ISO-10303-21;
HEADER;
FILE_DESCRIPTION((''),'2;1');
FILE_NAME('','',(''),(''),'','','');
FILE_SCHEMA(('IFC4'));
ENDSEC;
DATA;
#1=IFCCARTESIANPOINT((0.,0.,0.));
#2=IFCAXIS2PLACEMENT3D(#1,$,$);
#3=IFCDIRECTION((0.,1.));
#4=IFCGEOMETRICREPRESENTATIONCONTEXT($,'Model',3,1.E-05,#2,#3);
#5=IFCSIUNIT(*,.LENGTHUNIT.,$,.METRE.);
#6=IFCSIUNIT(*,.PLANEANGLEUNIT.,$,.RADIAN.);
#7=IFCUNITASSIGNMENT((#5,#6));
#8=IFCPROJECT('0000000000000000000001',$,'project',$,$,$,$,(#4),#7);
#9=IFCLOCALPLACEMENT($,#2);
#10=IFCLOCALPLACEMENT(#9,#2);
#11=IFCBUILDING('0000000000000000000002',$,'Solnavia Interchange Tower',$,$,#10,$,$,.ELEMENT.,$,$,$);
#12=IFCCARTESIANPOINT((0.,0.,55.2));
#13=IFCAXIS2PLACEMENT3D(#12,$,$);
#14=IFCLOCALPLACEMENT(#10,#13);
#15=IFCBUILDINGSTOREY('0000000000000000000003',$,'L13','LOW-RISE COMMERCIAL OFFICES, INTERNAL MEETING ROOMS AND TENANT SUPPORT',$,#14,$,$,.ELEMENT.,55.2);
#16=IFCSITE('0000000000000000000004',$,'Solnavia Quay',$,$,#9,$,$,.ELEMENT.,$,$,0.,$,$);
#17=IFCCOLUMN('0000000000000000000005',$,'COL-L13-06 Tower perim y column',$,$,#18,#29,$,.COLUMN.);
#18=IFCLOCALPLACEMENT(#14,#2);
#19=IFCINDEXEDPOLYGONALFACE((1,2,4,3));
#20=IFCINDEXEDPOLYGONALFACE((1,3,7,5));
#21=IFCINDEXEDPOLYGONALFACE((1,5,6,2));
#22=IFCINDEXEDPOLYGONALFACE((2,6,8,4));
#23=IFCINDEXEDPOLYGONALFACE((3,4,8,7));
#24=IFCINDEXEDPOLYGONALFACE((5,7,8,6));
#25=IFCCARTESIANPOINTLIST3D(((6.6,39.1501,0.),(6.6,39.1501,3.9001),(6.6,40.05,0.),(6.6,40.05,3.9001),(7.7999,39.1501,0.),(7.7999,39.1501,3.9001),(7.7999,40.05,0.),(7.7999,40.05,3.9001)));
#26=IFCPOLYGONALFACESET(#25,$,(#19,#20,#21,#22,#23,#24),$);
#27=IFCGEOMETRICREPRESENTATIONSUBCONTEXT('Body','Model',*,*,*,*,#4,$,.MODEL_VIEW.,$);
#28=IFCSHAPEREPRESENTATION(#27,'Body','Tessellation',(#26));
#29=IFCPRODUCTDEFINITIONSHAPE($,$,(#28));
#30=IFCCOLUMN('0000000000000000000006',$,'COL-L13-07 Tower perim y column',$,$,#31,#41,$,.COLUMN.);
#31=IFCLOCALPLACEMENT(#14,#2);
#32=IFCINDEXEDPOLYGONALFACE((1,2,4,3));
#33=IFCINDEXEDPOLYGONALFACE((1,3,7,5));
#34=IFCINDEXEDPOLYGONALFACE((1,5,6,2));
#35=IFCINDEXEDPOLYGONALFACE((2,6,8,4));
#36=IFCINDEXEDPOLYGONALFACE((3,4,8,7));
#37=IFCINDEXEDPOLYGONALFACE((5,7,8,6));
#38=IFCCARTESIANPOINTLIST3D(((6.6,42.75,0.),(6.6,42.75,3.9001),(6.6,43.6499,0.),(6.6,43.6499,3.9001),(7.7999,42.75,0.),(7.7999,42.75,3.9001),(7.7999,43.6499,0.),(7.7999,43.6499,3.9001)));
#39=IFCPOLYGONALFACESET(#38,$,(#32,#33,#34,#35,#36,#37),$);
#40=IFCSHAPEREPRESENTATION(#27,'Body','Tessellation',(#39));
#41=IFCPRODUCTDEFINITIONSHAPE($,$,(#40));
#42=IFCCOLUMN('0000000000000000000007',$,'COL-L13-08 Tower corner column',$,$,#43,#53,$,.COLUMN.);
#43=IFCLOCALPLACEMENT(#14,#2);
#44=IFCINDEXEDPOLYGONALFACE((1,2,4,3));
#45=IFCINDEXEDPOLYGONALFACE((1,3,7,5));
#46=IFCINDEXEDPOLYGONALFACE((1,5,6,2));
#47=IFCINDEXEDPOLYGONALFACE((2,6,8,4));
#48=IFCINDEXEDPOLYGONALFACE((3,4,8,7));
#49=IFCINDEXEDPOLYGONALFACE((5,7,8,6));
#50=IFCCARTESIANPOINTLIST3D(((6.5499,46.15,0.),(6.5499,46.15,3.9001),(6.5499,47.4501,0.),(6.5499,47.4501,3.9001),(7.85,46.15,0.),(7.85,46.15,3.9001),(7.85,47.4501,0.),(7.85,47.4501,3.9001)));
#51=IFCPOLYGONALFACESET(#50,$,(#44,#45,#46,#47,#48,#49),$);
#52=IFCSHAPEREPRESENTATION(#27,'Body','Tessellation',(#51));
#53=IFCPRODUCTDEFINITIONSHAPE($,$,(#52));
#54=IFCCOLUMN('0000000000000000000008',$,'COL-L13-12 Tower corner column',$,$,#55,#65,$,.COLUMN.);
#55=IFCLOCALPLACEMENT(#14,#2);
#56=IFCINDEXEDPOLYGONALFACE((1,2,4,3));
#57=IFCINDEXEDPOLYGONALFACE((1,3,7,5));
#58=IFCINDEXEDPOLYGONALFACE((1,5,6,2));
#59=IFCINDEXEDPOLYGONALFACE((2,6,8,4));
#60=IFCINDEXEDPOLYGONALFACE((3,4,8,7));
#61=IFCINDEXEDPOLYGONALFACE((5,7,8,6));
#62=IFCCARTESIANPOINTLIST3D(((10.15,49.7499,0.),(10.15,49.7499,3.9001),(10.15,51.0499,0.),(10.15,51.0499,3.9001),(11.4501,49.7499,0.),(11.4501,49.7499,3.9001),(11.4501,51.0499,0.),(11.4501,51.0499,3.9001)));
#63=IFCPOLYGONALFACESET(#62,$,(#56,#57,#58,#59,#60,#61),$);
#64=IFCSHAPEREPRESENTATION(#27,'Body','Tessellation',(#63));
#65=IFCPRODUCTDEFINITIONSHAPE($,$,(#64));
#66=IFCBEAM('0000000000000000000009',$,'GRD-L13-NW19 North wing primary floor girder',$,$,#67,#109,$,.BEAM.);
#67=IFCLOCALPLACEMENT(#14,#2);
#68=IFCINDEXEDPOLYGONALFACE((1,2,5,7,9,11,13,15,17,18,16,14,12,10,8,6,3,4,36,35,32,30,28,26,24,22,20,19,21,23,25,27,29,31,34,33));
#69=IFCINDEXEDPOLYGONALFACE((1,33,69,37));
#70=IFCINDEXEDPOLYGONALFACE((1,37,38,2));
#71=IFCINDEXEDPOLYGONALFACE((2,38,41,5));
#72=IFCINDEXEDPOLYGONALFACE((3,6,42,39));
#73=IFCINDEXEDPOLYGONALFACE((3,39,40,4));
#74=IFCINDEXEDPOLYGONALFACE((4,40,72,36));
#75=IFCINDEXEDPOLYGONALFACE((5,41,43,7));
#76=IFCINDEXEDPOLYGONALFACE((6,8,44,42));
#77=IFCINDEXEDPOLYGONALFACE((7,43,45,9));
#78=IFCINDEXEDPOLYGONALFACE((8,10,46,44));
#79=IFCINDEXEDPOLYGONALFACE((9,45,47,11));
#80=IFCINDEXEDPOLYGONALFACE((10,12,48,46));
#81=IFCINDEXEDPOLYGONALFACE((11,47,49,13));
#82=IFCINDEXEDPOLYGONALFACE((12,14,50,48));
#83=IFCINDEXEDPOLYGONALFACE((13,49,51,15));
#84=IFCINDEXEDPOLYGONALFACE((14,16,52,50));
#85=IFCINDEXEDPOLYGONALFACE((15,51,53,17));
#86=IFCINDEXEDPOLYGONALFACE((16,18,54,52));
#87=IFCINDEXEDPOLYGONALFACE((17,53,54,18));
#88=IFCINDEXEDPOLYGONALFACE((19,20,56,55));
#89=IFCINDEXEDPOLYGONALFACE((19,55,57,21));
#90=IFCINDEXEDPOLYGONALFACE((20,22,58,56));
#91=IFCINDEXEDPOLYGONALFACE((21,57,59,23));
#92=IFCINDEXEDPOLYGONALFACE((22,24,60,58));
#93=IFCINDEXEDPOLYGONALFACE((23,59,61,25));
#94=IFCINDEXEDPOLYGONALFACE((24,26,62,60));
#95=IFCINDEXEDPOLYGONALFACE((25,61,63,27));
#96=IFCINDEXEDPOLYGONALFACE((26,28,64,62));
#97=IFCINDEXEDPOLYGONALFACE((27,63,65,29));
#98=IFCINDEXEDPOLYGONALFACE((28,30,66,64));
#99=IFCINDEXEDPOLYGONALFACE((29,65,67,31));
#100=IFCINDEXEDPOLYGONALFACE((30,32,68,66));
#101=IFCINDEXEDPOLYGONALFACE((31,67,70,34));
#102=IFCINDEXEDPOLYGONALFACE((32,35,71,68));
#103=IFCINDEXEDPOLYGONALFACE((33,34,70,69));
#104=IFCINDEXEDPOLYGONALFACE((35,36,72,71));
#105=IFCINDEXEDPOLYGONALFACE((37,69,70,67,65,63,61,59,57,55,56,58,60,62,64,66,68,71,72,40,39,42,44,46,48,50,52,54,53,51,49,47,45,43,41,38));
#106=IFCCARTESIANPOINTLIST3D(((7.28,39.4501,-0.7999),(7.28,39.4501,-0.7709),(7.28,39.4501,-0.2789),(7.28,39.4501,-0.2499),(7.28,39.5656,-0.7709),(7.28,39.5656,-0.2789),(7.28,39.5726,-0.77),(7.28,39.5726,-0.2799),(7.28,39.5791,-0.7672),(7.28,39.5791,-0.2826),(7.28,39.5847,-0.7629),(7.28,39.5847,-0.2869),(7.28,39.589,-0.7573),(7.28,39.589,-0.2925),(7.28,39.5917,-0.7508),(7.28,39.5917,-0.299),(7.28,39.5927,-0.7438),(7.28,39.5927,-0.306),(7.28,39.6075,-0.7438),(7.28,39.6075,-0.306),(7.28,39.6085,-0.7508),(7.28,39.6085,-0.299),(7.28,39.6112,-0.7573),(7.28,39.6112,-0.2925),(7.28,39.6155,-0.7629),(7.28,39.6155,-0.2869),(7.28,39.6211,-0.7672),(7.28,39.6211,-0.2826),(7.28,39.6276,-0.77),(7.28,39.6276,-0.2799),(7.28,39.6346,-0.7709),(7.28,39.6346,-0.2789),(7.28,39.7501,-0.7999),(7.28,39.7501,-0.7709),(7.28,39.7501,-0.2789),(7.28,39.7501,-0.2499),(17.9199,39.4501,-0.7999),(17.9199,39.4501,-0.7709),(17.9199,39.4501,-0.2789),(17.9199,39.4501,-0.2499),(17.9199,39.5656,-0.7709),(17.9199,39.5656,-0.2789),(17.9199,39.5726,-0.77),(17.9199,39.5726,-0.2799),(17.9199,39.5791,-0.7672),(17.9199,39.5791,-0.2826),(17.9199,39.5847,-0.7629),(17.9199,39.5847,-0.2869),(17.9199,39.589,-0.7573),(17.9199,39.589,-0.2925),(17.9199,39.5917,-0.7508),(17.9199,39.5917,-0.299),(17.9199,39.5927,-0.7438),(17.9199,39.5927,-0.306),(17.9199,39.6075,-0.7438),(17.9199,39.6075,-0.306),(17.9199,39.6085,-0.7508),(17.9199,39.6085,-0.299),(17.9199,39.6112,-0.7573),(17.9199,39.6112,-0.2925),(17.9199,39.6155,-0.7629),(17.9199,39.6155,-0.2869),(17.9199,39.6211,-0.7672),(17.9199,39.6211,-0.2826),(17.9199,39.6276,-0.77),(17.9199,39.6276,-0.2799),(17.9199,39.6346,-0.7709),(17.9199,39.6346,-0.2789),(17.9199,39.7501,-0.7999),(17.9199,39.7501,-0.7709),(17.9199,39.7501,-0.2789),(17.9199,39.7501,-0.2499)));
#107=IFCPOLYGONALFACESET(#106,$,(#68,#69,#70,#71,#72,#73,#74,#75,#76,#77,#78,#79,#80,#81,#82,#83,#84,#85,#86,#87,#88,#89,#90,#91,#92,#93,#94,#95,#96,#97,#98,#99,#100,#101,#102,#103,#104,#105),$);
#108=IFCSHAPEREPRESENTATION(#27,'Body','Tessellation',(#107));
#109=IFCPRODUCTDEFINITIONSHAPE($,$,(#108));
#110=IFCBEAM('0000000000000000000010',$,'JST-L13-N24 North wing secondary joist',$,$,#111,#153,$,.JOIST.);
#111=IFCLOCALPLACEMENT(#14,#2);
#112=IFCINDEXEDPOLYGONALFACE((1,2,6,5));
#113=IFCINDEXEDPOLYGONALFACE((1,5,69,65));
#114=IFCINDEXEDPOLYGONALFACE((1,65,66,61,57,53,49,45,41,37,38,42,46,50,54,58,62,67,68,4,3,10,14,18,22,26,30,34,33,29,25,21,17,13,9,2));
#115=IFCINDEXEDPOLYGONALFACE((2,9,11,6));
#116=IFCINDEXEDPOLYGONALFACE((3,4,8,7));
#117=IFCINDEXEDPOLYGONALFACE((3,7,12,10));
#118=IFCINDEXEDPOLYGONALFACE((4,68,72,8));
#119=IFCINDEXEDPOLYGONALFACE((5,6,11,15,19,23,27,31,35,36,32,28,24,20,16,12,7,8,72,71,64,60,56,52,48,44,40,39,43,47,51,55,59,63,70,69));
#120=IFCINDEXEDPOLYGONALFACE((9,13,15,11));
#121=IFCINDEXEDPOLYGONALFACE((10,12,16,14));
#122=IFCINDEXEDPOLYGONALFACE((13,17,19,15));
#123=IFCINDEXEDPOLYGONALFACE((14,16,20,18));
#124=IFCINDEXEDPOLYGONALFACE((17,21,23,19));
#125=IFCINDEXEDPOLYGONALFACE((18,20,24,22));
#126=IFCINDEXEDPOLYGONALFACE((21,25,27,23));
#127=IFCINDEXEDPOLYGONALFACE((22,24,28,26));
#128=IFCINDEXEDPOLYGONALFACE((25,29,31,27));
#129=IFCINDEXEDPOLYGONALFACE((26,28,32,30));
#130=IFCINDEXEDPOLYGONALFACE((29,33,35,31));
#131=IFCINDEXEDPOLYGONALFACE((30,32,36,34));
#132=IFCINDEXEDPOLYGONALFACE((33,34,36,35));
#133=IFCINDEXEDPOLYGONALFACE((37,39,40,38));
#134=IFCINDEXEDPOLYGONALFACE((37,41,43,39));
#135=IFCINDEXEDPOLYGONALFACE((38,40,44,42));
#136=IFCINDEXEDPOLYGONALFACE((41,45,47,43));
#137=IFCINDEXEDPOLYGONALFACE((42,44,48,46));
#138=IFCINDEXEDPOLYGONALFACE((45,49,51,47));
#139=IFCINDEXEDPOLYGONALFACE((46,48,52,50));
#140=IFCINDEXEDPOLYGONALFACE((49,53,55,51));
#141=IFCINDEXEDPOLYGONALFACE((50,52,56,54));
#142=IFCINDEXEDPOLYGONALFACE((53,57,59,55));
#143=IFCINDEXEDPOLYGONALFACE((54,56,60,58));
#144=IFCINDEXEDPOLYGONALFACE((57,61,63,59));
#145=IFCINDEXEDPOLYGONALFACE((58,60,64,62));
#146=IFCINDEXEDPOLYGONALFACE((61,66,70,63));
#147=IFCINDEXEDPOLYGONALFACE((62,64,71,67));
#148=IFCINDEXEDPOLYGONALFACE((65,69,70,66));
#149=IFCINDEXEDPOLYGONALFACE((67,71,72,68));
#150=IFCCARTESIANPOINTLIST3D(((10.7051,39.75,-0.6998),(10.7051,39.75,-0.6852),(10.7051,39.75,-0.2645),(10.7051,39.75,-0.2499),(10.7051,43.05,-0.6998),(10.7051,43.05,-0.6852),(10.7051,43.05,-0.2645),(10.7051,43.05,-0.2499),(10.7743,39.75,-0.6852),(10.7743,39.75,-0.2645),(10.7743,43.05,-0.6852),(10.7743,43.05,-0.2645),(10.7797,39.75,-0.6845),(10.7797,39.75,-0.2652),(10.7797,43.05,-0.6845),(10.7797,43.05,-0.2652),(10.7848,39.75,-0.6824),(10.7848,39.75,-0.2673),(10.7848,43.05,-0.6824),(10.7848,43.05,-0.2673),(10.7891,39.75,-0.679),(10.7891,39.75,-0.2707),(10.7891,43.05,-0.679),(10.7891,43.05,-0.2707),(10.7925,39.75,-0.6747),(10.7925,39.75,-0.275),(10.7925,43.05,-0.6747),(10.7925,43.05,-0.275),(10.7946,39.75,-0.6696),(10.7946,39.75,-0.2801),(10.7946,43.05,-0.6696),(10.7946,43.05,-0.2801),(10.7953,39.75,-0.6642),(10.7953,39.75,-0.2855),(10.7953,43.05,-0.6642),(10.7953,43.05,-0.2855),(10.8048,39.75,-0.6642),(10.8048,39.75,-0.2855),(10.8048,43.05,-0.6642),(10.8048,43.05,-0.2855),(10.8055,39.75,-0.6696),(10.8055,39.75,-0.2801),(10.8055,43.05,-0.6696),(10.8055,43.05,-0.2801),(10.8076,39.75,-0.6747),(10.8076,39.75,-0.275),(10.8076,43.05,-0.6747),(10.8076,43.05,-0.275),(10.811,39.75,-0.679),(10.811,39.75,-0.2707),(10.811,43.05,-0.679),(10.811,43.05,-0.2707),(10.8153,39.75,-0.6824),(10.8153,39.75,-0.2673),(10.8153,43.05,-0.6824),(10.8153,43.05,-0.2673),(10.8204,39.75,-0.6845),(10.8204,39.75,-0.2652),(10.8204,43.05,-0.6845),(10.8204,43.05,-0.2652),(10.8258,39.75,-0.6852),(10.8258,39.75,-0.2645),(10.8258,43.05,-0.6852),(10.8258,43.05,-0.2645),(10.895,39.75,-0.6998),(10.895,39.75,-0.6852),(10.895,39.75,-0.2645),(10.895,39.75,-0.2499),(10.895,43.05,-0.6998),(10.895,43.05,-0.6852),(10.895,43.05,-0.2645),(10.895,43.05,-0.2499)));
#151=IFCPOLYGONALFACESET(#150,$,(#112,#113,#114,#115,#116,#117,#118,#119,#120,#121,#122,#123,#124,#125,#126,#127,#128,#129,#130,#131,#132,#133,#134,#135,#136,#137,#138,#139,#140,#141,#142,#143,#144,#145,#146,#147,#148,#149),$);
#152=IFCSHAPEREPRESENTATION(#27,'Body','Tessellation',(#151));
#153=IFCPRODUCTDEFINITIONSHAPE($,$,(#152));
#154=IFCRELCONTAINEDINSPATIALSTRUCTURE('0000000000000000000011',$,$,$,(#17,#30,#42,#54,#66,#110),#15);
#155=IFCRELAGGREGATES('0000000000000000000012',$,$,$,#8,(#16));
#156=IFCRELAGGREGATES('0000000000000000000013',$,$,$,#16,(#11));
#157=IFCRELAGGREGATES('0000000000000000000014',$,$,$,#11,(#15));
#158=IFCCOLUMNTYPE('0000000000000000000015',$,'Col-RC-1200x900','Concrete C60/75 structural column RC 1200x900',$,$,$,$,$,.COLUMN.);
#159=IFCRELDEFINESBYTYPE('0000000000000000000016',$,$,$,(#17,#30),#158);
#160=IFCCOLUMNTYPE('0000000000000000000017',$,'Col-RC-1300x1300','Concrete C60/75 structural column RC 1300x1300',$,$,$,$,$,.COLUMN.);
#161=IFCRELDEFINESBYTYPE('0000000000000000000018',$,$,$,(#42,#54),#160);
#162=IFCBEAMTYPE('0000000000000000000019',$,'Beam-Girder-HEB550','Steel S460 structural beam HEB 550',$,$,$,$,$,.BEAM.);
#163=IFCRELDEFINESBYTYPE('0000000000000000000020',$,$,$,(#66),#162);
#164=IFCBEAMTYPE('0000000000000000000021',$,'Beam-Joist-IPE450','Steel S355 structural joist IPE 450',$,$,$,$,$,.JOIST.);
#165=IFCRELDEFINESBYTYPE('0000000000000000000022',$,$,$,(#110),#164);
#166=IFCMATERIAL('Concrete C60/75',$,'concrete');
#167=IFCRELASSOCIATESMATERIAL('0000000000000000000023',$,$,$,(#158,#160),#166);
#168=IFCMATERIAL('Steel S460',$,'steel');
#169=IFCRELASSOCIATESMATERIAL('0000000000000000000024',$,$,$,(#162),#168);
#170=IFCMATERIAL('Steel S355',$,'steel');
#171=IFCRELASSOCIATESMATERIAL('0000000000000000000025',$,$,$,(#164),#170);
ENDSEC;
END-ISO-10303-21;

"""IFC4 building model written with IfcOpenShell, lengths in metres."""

from ifc_helpers import new_model, si_unit, direction, frame, origin, origin_2d, place, context, subcontext, project, spatial, rectangle, i_section, extrude, material, material_profile, profile_set, type_object, element, save


model = new_model("IFC4")

# Units and contexts
model_context = context("Model", 3, precision=1e-05, world=origin(), true_north=direction((0.0, 1.0)))
body_context = subcontext(model_context, "Body", "Model", "MODEL_VIEW")
ifc_project = project(units=[si_unit("LENGTHUNIT", "METRE"), si_unit("PLANEANGLEUNIT", "RADIAN")], contexts=[model_context])

# Site, building, storey
site_placement = place(None, origin())
site = spatial("IfcSite", under=ifc_project, at=site_placement, Name="Solnavia Quay", CompositionType="ELEMENT", RefElevation=0.0)
building_placement = place(site_placement, origin())
building = spatial("IfcBuilding", under=site, at=building_placement, Name="Solnavia Interchange Tower", CompositionType="ELEMENT")
storey_placement = place(building_placement, frame((0.0, 0.0, 55.2)))
storey = spatial("IfcBuildingStorey", under=building, at=storey_placement, Name="L13", Description="LOW-RISE COMMERCIAL OFFICES, INTERNAL MEETING ROOMS AND TENANT SUPPORT", CompositionType="ELEMENT", Elevation=55.2)

# Columns
ifc_material_1 = material(Name="Concrete C60/75", Category="concrete")
ifc_material_profile_1 = material_profile(ifc_material_1, rectangle(XDim=0.8999, YDim=1.2, at=origin_2d()), Name="RC 1200x900")
ifc_profile_set_1 = profile_set([ifc_material_profile_1], Name="Concrete C60/75")
column_type_1 = type_object("IfcColumnType", Name="Col-RC-1200x900", Description="Concrete C60/75 structural column RC 1200x900", PredefinedType="COLUMN", material=ifc_profile_set_1)
for number, where, z_axis, x_axis, name in (
    (1, (7.2, 39.6001, 0.0), (0.0, 0.0, 1.0), (0.0, 1.0, 0.0), "COL-L13-06 Tower perim y column"),
    (2, (7.2, 43.2, 0.0), (0.0, 0.0, 1.0), (0.0, 1.0, 0.0), "COL-L13-07 Tower perim y column"),
):
    element("IfcColumn", number, at=place(storey_placement, frame(where, z_axis=z_axis, x_axis=x_axis)), inside=storey, type_object=column_type_1, Name=name, PredefinedType="COLUMN", context=body_context, shape_type="SweptSolid", body=[
        extrude(rectangle(XDim=0.8999, YDim=1.2, at=origin_2d()), origin(), (0.0, 0.0, 1.0), 3.9001),
    ])
ifc_material_profile_2 = material_profile(ifc_material_1, rectangle(XDim=1.3, YDim=1.3, at=origin_2d()), Name="RC 1300x1300")
ifc_profile_set_2 = profile_set([ifc_material_profile_2], Name="Concrete C60/75")
column_type_2 = type_object("IfcColumnType", Name="Col-RC-1300x1300", Description="Concrete C60/75 structural column RC 1300x1300", PredefinedType="COLUMN", material=ifc_profile_set_2)
for number, where, z_axis, x_axis, name in (
    (3, (7.2, 46.8, 0.0), (0.0, 0.0, 1.0), (0.0, 1.0, 0.0), "COL-L13-08 Tower corner column"),
    (4, (10.8, 50.3999, 0.0), (0.0, 0.0, 1.0), (1.0, 0.0, 0.0), "COL-L13-12 Tower corner column"),
):
    element("IfcColumn", number, at=place(storey_placement, frame(where, z_axis=z_axis, x_axis=x_axis)), inside=storey, type_object=column_type_2, Name=name, PredefinedType="COLUMN", context=body_context, shape_type="SweptSolid", body=[
        extrude(rectangle(XDim=1.3, YDim=1.3, at=origin_2d()), origin(), (0.0, 0.0, 1.0), 3.9001),
    ])

# Beams
ifc_material_2 = material(Name="Steel S460", Category="steel")
ifc_material_profile_3 = material_profile(ifc_material_2, i_section(OverallWidth=0.3, OverallDepth=0.55, WebThickness=0.0149, FlangeThickness=0.0291, FilletRadius=0.0271, at=origin_2d()), Name="HEB 550")
ifc_profile_set_3 = profile_set([ifc_material_profile_3], Name="Steel S460")
beam_type_1 = type_object("IfcBeamType", Name="Beam-Girder-HEB550", Description="Steel S460 structural beam HEB 550", PredefinedType="BEAM", material=ifc_profile_set_3)
beam_1_placement = place(storey_placement, frame((7.28, 39.6001, -0.5249), z_axis=(1.0, 0.0, 0.0), x_axis=(0.0, 1.0, 0.0)))
element("IfcBeam", 5, at=beam_1_placement, inside=storey, type_object=beam_type_1, Name="GRD-L13-NW19 North wing primary floor girder", PredefinedType="BEAM", context=body_context, shape_type="SweptSolid", body=[
    extrude(i_section(OverallWidth=0.3, OverallDepth=0.55, WebThickness=0.0149, FlangeThickness=0.0291, FilletRadius=0.0271, at=origin_2d()), origin(), (0.0, 0.0, 1.0), 10.6399),
])
ifc_material_3 = material(Name="Steel S355", Category="steel")
ifc_material_profile_4 = material_profile(ifc_material_3, i_section(OverallWidth=0.1899, OverallDepth=0.45, WebThickness=0.0095, FlangeThickness=0.0146, FilletRadius=0.021, at=origin_2d()), Name="IPE 450")
ifc_profile_set_4 = profile_set([ifc_material_profile_4], Name="Steel S355")
beam_type_2 = type_object("IfcBeamType", Name="Beam-Joist-IPE450", Description="Steel S355 structural joist IPE 450", PredefinedType="JOIST", material=ifc_profile_set_4)
beam_2_placement = place(storey_placement, frame((10.8, 39.75, -0.4749), z_axis=(0.0, 1.0, 0.0), x_axis=(-1.0, 0.0, 0.0)))
element("IfcBeam", 6, at=beam_2_placement, inside=storey, type_object=beam_type_2, Name="JST-L13-N24 North wing secondary joist", PredefinedType="JOIST", context=body_context, shape_type="SweptSolid", body=[
    extrude(i_section(OverallWidth=0.1899, OverallDepth=0.45, WebThickness=0.0095, FlangeThickness=0.0146, FilletRadius=0.021, at=origin_2d()), origin(), (0.0, 0.0, 1.0), 3.3),
])

save(model, "model.ifc")
